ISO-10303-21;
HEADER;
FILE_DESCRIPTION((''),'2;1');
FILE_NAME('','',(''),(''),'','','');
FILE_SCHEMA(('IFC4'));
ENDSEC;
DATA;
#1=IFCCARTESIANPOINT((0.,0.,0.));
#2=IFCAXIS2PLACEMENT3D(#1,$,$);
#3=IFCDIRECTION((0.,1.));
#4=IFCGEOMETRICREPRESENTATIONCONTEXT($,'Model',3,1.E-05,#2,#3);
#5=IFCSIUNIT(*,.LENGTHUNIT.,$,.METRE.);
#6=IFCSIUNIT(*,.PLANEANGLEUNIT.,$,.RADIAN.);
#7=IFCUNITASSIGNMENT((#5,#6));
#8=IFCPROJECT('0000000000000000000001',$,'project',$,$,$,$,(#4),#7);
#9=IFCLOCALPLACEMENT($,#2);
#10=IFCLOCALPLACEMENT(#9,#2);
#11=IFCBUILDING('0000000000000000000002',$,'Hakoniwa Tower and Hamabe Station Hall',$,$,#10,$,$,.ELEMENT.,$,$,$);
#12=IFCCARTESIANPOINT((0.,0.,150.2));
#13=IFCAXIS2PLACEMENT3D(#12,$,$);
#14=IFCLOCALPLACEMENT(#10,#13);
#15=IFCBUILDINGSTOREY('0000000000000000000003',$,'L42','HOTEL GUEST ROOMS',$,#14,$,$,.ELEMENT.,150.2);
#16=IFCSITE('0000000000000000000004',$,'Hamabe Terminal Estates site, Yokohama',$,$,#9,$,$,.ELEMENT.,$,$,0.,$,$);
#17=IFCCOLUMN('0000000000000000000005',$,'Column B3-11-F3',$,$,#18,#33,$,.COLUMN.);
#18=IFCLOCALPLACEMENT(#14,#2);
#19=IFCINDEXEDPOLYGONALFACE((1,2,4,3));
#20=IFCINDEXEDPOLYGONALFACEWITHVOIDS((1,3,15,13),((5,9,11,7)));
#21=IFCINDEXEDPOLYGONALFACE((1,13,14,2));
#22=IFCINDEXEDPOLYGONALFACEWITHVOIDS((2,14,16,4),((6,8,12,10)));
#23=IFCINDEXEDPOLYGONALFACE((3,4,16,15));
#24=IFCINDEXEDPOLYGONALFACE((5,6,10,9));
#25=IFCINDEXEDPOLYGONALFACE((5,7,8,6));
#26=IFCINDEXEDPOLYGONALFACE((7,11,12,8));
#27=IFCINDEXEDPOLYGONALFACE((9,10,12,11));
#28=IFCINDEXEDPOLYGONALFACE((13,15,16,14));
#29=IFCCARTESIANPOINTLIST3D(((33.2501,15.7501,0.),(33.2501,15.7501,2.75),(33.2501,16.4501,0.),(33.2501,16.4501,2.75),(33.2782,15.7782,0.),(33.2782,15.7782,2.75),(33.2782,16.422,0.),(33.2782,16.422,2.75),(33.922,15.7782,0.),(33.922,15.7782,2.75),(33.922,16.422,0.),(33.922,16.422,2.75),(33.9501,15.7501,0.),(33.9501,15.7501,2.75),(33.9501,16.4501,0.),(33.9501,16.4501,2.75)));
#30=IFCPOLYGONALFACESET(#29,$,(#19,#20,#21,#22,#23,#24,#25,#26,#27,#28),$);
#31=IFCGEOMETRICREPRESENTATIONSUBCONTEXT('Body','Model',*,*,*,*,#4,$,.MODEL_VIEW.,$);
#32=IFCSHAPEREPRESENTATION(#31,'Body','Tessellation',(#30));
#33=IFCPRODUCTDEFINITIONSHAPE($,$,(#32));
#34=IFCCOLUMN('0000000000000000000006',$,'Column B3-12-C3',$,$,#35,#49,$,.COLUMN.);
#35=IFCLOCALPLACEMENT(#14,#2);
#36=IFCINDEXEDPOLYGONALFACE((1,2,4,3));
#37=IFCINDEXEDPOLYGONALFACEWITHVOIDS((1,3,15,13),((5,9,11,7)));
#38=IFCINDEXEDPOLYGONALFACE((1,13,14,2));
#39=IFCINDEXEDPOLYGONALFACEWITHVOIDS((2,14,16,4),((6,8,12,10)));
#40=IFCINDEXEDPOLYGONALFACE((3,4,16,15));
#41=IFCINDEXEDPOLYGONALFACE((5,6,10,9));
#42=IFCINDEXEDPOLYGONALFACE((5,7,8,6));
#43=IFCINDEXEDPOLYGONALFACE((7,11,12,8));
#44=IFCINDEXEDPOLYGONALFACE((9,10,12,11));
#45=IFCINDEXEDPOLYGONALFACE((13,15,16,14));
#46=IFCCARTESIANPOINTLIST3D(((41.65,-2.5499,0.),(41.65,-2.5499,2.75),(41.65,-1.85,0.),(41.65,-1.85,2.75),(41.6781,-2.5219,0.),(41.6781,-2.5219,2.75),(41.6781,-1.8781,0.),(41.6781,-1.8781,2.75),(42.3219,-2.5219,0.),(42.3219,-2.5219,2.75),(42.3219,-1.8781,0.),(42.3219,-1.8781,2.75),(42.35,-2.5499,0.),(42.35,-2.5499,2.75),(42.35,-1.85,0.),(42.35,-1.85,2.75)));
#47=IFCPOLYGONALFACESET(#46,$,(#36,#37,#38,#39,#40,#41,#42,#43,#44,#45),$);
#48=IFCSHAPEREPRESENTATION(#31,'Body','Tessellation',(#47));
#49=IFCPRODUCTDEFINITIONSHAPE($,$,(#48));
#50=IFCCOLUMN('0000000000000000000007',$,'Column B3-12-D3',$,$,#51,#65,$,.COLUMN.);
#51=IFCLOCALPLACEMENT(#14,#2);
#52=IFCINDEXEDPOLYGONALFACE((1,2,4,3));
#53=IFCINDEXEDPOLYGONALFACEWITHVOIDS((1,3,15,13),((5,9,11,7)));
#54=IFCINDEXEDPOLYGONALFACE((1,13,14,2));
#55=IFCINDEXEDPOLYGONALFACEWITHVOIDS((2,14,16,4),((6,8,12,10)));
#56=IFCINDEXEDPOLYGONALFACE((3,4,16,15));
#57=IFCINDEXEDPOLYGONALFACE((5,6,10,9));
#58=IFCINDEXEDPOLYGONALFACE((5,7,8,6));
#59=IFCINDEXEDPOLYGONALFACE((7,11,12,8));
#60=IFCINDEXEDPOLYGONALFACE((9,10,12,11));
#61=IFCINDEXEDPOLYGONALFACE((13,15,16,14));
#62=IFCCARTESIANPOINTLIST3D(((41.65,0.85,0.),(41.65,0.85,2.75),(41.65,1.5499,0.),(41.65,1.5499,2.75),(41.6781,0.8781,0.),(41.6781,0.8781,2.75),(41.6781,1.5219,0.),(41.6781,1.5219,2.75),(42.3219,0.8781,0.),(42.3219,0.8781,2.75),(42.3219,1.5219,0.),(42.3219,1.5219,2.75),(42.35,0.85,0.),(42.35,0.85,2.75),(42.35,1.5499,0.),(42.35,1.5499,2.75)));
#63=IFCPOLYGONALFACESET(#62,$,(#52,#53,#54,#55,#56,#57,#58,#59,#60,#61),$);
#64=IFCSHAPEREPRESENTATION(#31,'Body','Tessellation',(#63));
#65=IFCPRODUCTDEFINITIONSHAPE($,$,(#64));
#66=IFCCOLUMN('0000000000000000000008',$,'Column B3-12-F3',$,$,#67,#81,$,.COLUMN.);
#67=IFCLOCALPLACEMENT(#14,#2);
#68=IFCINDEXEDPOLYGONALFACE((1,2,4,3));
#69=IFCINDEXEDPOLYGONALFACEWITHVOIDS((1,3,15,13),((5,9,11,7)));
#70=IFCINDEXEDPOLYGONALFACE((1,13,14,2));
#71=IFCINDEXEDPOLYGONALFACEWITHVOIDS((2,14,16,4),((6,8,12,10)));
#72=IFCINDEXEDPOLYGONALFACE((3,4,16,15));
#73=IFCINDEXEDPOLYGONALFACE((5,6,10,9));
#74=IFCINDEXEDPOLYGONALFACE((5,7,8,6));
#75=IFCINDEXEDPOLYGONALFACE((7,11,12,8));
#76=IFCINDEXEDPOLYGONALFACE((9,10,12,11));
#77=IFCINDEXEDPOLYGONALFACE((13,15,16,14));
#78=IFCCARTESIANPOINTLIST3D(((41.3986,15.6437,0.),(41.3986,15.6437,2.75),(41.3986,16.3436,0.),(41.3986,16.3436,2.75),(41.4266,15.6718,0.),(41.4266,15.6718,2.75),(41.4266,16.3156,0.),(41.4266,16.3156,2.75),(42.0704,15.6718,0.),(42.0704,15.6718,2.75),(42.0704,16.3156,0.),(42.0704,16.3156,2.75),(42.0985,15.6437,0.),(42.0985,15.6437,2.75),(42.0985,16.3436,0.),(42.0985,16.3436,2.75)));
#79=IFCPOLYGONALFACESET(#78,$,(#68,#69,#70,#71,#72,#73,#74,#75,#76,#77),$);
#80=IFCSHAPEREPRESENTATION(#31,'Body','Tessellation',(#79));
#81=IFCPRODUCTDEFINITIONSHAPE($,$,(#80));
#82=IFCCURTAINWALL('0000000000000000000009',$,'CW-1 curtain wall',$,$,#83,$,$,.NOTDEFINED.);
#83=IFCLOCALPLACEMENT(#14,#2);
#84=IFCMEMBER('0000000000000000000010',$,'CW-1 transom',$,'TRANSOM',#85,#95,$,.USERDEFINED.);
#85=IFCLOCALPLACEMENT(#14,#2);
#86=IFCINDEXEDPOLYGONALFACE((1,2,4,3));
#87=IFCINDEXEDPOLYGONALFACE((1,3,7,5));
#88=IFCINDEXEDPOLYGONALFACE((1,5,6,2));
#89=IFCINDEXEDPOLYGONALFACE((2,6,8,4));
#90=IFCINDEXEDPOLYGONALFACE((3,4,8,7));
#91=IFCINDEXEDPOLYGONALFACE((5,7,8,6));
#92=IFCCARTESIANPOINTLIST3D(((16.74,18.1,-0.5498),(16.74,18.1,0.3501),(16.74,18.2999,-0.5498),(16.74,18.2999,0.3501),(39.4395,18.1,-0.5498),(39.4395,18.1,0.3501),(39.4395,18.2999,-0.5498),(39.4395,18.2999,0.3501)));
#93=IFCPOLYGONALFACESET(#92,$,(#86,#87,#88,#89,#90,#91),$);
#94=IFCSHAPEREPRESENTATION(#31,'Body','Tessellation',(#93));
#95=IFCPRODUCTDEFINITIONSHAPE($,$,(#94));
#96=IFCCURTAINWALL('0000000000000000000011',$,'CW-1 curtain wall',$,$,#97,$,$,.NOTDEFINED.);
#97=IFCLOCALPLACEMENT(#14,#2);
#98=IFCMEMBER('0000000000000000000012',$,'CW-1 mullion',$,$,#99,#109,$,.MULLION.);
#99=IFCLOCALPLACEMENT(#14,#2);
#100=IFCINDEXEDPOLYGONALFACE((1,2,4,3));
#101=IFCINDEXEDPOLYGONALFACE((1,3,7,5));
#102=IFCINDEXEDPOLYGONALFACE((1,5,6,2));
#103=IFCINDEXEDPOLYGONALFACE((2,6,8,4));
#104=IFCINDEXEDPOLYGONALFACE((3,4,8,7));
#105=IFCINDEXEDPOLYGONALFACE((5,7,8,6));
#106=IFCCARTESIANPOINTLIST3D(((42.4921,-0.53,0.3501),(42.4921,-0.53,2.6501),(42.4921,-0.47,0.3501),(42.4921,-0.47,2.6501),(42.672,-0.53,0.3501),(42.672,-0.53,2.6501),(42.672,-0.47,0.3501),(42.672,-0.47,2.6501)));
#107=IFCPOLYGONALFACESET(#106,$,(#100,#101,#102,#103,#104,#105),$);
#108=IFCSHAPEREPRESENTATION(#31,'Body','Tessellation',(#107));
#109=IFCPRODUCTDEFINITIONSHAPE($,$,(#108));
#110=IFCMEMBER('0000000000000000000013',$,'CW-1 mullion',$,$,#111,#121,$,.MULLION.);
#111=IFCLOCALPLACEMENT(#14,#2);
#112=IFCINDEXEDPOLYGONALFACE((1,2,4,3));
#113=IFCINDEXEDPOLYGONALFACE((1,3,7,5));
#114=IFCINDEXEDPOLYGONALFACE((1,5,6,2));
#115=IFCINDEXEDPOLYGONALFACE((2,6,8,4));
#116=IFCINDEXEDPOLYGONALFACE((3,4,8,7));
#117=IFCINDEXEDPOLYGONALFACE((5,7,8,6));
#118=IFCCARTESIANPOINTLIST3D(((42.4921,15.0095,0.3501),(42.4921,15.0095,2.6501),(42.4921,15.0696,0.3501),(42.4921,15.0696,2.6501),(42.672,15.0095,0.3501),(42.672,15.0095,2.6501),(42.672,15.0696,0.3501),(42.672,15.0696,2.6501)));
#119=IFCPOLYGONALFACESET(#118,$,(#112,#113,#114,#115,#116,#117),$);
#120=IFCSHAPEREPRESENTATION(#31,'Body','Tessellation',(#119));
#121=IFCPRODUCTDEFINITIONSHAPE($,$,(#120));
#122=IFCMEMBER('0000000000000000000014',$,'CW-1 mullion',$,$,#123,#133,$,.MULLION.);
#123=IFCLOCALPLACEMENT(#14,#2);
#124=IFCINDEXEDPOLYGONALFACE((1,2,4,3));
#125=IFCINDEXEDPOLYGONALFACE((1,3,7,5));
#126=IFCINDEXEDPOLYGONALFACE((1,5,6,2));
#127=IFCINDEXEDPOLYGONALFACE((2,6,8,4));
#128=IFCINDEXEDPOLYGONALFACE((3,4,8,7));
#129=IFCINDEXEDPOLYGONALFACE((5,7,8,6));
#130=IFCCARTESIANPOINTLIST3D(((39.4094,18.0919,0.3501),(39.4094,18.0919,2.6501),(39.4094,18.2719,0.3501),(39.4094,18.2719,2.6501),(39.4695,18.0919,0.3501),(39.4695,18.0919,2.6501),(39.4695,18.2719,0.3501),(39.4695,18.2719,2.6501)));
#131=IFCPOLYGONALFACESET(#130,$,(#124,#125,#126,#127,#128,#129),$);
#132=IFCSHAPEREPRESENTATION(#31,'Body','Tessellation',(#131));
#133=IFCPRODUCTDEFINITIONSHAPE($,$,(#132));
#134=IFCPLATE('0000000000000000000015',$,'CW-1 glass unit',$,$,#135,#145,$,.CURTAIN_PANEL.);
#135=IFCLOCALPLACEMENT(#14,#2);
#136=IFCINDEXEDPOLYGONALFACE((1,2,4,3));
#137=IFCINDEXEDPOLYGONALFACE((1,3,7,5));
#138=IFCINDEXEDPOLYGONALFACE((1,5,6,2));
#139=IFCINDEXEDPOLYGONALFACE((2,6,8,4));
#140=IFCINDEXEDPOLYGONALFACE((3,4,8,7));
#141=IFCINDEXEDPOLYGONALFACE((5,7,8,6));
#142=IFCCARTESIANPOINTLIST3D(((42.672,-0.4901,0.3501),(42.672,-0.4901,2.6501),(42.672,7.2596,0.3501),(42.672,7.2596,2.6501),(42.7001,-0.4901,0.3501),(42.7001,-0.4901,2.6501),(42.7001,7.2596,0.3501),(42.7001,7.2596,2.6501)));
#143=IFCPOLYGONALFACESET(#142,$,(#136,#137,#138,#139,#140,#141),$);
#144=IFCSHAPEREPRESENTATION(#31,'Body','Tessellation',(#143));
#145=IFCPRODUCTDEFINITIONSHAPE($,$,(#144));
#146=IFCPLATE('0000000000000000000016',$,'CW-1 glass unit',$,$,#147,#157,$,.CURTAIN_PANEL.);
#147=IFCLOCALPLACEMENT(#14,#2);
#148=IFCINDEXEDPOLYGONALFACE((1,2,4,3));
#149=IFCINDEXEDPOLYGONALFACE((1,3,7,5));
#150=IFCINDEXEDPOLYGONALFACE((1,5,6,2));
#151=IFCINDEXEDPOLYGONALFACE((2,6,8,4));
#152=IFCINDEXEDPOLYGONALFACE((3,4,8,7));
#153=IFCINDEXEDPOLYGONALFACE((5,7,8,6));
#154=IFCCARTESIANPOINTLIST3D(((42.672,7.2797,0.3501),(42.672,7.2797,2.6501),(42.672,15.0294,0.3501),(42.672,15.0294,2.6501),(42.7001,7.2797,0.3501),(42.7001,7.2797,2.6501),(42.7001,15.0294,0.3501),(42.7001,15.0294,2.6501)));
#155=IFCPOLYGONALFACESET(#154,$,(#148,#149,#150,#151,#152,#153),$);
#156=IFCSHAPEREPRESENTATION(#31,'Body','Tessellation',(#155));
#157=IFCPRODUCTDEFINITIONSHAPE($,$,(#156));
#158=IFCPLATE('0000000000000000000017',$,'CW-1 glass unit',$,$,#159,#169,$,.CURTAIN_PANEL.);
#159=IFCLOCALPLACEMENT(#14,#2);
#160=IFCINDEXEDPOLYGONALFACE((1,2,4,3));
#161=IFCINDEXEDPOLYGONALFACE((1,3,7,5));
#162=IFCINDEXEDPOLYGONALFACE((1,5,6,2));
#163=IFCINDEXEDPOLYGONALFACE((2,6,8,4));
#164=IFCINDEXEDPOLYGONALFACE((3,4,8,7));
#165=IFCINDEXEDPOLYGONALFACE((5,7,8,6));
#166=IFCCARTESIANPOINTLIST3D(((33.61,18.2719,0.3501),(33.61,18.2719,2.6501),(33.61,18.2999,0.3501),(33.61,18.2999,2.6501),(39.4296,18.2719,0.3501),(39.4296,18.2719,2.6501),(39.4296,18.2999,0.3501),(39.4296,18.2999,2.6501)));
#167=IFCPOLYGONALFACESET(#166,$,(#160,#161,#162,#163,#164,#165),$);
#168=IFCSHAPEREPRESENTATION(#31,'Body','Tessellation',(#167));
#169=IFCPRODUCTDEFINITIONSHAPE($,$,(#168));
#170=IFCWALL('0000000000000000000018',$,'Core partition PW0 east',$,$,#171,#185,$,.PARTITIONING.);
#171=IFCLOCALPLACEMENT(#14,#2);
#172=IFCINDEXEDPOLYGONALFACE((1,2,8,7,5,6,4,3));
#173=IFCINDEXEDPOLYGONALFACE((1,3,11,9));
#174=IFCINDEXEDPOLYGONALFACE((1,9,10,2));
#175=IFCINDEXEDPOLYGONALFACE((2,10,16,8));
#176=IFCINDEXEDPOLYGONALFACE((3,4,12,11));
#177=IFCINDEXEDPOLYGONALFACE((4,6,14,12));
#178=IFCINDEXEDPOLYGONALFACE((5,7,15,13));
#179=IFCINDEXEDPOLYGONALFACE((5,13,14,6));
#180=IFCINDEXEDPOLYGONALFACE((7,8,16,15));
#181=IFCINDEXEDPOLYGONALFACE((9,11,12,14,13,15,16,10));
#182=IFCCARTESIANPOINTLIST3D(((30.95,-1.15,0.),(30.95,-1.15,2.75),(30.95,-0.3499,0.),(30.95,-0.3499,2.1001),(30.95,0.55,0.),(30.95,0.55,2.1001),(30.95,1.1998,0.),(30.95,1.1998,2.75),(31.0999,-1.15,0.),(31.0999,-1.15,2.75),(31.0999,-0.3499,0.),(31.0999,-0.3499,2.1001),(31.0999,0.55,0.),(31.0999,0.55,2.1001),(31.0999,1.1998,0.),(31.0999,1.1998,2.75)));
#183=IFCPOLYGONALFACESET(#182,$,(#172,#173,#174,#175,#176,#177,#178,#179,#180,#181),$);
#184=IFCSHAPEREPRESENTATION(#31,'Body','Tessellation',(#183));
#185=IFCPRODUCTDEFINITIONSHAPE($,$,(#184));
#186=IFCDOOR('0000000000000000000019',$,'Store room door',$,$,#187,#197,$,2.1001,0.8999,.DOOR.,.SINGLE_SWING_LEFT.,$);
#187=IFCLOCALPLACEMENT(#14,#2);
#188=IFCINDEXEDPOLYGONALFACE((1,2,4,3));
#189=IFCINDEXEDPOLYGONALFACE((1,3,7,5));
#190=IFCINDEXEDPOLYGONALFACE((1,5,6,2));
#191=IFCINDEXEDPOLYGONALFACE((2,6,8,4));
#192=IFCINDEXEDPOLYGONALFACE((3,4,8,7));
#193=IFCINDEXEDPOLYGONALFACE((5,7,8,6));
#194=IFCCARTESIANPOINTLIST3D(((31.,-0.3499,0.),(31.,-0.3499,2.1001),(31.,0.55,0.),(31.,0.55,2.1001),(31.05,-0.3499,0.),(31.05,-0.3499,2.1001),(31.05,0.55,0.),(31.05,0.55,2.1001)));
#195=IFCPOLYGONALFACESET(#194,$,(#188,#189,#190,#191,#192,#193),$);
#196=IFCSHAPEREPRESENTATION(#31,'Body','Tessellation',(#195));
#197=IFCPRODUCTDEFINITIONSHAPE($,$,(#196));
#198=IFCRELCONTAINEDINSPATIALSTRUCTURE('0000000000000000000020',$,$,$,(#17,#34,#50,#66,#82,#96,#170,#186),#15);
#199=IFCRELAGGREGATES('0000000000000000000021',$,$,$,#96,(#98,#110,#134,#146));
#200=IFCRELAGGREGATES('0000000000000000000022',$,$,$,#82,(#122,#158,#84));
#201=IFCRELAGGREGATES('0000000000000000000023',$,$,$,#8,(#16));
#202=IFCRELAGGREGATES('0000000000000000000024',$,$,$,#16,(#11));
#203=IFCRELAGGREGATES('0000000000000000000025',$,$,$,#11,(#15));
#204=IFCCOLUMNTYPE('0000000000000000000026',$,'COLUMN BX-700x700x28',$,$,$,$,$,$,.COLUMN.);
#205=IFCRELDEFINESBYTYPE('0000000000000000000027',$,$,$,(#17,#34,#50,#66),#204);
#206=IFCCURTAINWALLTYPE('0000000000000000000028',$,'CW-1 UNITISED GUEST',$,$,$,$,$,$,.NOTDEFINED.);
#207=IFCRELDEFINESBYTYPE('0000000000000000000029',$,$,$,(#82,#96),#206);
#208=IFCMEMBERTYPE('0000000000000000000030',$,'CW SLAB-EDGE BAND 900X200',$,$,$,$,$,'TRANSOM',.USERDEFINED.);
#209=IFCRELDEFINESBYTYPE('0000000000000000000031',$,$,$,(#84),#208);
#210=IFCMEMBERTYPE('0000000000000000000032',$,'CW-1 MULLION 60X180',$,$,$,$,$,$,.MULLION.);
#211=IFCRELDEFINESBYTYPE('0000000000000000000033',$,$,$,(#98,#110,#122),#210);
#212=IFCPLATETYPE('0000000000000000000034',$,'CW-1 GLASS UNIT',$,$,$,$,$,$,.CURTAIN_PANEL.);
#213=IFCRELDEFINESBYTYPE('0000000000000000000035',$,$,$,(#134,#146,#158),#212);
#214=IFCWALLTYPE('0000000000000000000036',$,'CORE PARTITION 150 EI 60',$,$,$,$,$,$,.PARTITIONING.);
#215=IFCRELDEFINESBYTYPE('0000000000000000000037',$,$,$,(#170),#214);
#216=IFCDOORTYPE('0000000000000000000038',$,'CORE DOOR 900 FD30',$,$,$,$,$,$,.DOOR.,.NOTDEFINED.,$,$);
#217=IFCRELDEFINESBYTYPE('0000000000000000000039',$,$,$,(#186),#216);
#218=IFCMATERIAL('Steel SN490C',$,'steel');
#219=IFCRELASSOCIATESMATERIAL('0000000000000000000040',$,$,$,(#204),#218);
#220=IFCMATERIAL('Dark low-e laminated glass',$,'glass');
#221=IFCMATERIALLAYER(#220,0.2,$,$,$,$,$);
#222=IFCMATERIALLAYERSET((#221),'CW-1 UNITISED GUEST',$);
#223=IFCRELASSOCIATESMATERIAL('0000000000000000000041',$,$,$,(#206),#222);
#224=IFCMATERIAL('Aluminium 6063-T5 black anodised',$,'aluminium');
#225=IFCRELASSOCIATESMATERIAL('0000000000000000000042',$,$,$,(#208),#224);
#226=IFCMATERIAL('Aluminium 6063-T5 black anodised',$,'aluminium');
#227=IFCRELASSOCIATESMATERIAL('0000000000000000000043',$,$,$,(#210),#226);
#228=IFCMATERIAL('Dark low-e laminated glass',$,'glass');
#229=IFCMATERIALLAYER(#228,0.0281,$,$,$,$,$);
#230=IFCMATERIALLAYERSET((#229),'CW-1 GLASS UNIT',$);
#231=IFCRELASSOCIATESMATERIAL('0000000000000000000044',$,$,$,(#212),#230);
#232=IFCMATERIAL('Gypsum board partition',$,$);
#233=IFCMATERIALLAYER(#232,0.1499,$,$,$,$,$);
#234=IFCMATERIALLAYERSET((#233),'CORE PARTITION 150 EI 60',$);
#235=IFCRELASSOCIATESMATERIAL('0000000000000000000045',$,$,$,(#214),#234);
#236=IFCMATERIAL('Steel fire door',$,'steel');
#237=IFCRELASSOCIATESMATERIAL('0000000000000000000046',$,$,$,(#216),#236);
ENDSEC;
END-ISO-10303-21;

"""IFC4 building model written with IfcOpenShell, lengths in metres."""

from ifc_helpers import new_model, si_unit, direction, frame, frame_2d, origin, origin_2d, place, context, subcontext, project, spatial, rectangle, hollow_rectangle, extrude, material, layer, layer_set, material_profile, profile_set, type_object, element, fill, aggregate, save


model = new_model("IFC4")

# Units and contexts
model_context = context("Model", 3, precision=1e-05, world=origin(), true_north=direction((0.0, 1.0)))
body_context = subcontext(model_context, "Body", "Model", "MODEL_VIEW")
ifc_project = project(units=[si_unit("LENGTHUNIT", "METRE"), si_unit("PLANEANGLEUNIT", "RADIAN")], contexts=[model_context])

# Site, building, storey
site_placement = place(None, origin())
site = spatial("IfcSite", under=ifc_project, at=site_placement, Name="Hamabe Terminal Estates site, Yokohama", CompositionType="ELEMENT", RefElevation=0.0)
building_placement = place(site_placement, origin())
building = spatial("IfcBuilding", under=site, at=building_placement, Name="Hakoniwa Tower and Hamabe Station Hall", CompositionType="ELEMENT")
storey_placement = place(building_placement, frame((0.0, 0.0, 150.2)))
storey = spatial("IfcBuildingStorey", under=building, at=storey_placement, Name="L42", Description="HOTEL GUEST ROOMS", CompositionType="ELEMENT", Elevation=150.2)

# Columns
ifc_material_1 = material(Name="Steel SN490C", Category="steel")
ifc_material_profile_1 = material_profile(ifc_material_1, hollow_rectangle(XDim=0.7, YDim=0.7, WallThickness=0.0281, at=origin_2d()), Name="BX-700x700x28")
ifc_profile_set_1 = profile_set([ifc_material_profile_1], Name="Steel SN490C")
column_type = type_object("IfcColumnType", Name="COLUMN BX-700x700x28", PredefinedType="COLUMN", material=ifc_profile_set_1)
for number, where, z_axis, x_axis, name in (
    (1, (33.6001, 16.1001, 0.0), (0.0, 0.0, 1.0), (1.0, 0.0, 0.0), "Column B3-11-F3"),
    (2, (42.0, -2.2, 0.0), (0.0, 0.0, 1.0), (1.0, 0.0, 0.0), "Column B3-12-C3"),
    (3, (42.0, 1.2, 0.0), (0.0, 0.0, 1.0), (1.0, 0.0, 0.0), "Column B3-12-D3"),
    (4, (41.7485, 15.9937, 0.0), (0.0, 0.0, 1.0), (1.0, 0.0, 0.0), "Column B3-12-F3"),
):
    element("IfcColumn", number, at=place(storey_placement, frame(where, z_axis=z_axis, x_axis=x_axis)), inside=storey, type_object=column_type, Name=name, PredefinedType="COLUMN", context=body_context, shape_type="SweptSolid", body=[
        extrude(hollow_rectangle(XDim=0.7, YDim=0.7, WallThickness=0.0281, at=origin_2d()), origin(), (0.0, 0.0, 1.0), 2.75),
    ])

# Curtain wall, member
ifc_material_2 = material(Name="Dark low-e laminated glass", Category="glass")
ifc_layer_1 = layer(ifc_material_2, 0.2)
ifc_layer_set_1 = layer_set([ifc_layer_1], Name="CW-1 UNITISED GUEST")
curtain_wall_type = type_object("IfcCurtainWallType", Name="CW-1 UNITISED GUEST", PredefinedType="NOTDEFINED", material=ifc_layer_set_1)
curtain_wall_1_placement = place(storey_placement, origin())
curtain_wall_1 = element("IfcCurtainWall", 5, at=curtain_wall_1_placement, inside=storey, type_object=curtain_wall_type, Name="CW-1 curtain wall", PredefinedType="NOTDEFINED")
ifc_material_3 = material(Name="Aluminium 6063-T5 black anodised", Category="aluminium")
ifc_material_profile_2 = material_profile(ifc_material_3, rectangle(XDim=0.2, YDim=0.8999, at=origin_2d()), Name="CW SLAB-EDGE BAND 900X200")
ifc_profile_set_2 = profile_set([ifc_material_profile_2], Name="Aluminium 6063-T5 black anodised")
member_type_1 = type_object("IfcMemberType", Name="CW SLAB-EDGE BAND 900X200", ElementType="TRANSOM", PredefinedType="USERDEFINED", material=ifc_profile_set_2)
member_1_placement = place(storey_placement, frame((39.4395, 18.2, -0.0999), z_axis=(-1.0, 0.0, 0.0), x_axis=(0.0, -1.0, 0.0)))
member_1 = element("IfcMember", 6, at=member_1_placement, type_object=member_type_1, Name="CW-1 transom", ObjectType="TRANSOM", PredefinedType="USERDEFINED", context=body_context, shape_type="SweptSolid", body=[
    extrude(rectangle(XDim=0.2, YDim=0.8999, at=origin_2d()), origin(), (0.0, 0.0, 1.0), 22.6995),
])

# Curtain wall, members
curtain_wall_2_placement = place(storey_placement, origin())
curtain_wall_2 = element("IfcCurtainWall", 7, at=curtain_wall_2_placement, inside=storey, type_object=curtain_wall_type, Name="CW-1 curtain wall", PredefinedType="NOTDEFINED")
ifc_material_4 = material(Name="Aluminium 6063-T5 black anodised", Category="aluminium")
ifc_material_profile_3 = material_profile(ifc_material_4, rectangle(XDim=0.0601, YDim=0.1799, at=origin_2d()), Name="CW-1 MULLION 60X180")
ifc_profile_set_3 = profile_set([ifc_material_profile_3], Name="Aluminium 6063-T5 black anodised")
member_type_2 = type_object("IfcMemberType", Name="CW-1 MULLION 60X180", PredefinedType="MULLION", material=ifc_profile_set_3)
member_2_placement = place(storey_placement, frame((42.582, -0.5, 0.3501), z_axis=(0.0, 0.0, 1.0), x_axis=(0.0, 1.0, 0.0)))
member_2 = element("IfcMember", 8, at=member_2_placement, type_object=member_type_2, Name="CW-1 mullion", PredefinedType="MULLION", context=body_context, shape_type="SweptSolid", body=[
    extrude(rectangle(XDim=0.0601, YDim=0.1799, at=origin_2d()), origin(), (0.0, 0.0, 1.0), 2.3),
])
member_3_placement = place(storey_placement, frame((42.582, 15.0396, 0.3501), z_axis=(0.0, 0.0, 1.0), x_axis=(0.0, 1.0, 0.0)))
member_3 = element("IfcMember", 9, at=member_3_placement, type_object=member_type_2, Name="CW-1 mullion", PredefinedType="MULLION", context=body_context, shape_type="SweptSolid", body=[
    extrude(rectangle(XDim=0.0601, YDim=0.1799, at=origin_2d()), origin(), (0.0, 0.0, 1.0), 2.3),
])

# Member
member_4_placement = place(storey_placement, frame((39.4395, 18.1819, 0.3501), z_axis=(0.0, 0.0, 1.0), x_axis=(-1.0, 0.0, 0.0)))
member_4 = element("IfcMember", 10, at=member_4_placement, type_object=member_type_2, Name="CW-1 mullion", PredefinedType="MULLION", context=body_context, shape_type="SweptSolid", body=[
    extrude(rectangle(XDim=0.0601, YDim=0.1799, at=origin_2d()), origin(), (0.0, 0.0, 1.0), 2.3),
])

# Plates
ifc_material_5 = material(Name="Dark low-e laminated glass", Category="glass")
ifc_layer_2 = layer(ifc_material_5, 0.0281)
ifc_layer_set_2 = layer_set([ifc_layer_2], Name="CW-1 GLASS UNIT")
plate_type = type_object("IfcPlateType", Name="CW-1 GLASS UNIT", PredefinedType="CURTAIN_PANEL", material=ifc_layer_set_2)
plate_1_placement = place(storey_placement, frame((42.686, 3.3848, 0.3501), z_axis=(0.0, 0.0, 1.0), x_axis=(0.0, 1.0, 0.0)))
plate_1 = element("IfcPlate", 11, at=plate_1_placement, type_object=plate_type, Name="CW-1 glass unit", PredefinedType="CURTAIN_PANEL", context=body_context, shape_type="SweptSolid", body=[
    extrude(rectangle(XDim=7.7498, YDim=0.0281, at=origin_2d()), origin(), (0.0, 0.0, 1.0), 2.3),
])
plate_2_placement = place(storey_placement, frame((42.686, 11.1545, 0.3501), z_axis=(0.0, 0.0, 1.0), x_axis=(0.0, 1.0, 0.0)))
plate_2 = element("IfcPlate", 12, at=plate_2_placement, type_object=plate_type, Name="CW-1 glass unit", PredefinedType="CURTAIN_PANEL", context=body_context, shape_type="SweptSolid", body=[
    extrude(rectangle(XDim=7.7498, YDim=0.0281, at=origin_2d()), origin(), (0.0, 0.0, 1.0), 2.3),
])
aggregate(curtain_wall_2, [member_2, member_3, plate_1, plate_2])
plate_3_placement = place(storey_placement, frame((36.5198, 18.2859, 0.3501), z_axis=(0.0, 0.0, 1.0), x_axis=(-1.0, 0.0, 0.0)))
plate_3 = element("IfcPlate", 13, at=plate_3_placement, type_object=plate_type, Name="CW-1 glass unit", PredefinedType="CURTAIN_PANEL", context=body_context, shape_type="SweptSolid", body=[
    extrude(rectangle(XDim=5.8196, YDim=0.0281, at=origin_2d()), origin(), (0.0, 0.0, 1.0), 2.3),
])
aggregate(curtain_wall_1, [member_4, plate_3, member_1])

# Wall, opening, door
ifc_material_6 = material(Name="Gypsum board partition")
ifc_layer_3 = layer(ifc_material_6, 0.1499)
ifc_layer_set_3 = layer_set([ifc_layer_3], Name="CORE PARTITION 150 EI 60")
wall_type_1 = type_object("IfcWallType", Name="CORE PARTITION 150 EI 60", PredefinedType="PARTITIONING", material=ifc_layer_set_3)
wall_1_placement = place(storey_placement, frame((31.0249, -1.1499, 0.0), z_axis=(0.0, 0.0, 1.0), x_axis=(0.0, 1.0, 0.0)))
wall_1 = element("IfcWall", 14, at=wall_1_placement, inside=storey, type_object=wall_type_1, Name="Core partition PW0 east", PredefinedType="PARTITIONING", context=body_context, shape_type="SweptSolid", body=[
    extrude(rectangle(XDim=2.3499, YDim=0.1499, at=frame_2d((1.1748, 0.0))), origin(), (0.0, 0.0, 1.0), 2.75),
])
opening_1_placement = place(wall_1_placement, frame((0.8, 0.0, 0.0)))
opening_1 = element("IfcOpeningElement", 15, at=opening_1_placement, cuts=wall_1, PredefinedType="OPENING", context=body_context, shape_type="SweptSolid", body=[
    extrude(rectangle(XDim=0.8999, YDim=2.1001, at=frame_2d((0.45, 1.05))), frame((0.0, 0.085, 0.0), z_axis=(0.0, -1.0, 0.0), x_axis=(1.0, 0.0, 0.0)), (0.0, 0.0, 1.0), 0.1699),
])
ifc_material_7 = material(Name="Steel fire door", Category="steel")
door_type_1 = type_object("IfcDoorType", Name="CORE DOOR 900 FD30", OperationType="NOTDEFINED", PredefinedType="DOOR", material=ifc_material_7)
door_1_placement = place(opening_1_placement, origin())
door_1 = element("IfcDoor", 16, at=door_1_placement, inside=storey, type_object=door_type_1, Name="Store room door", OperationType="SINGLE_SWING_LEFT", OverallHeight=2.1001, OverallWidth=0.8999, PredefinedType="DOOR", context=body_context, shape_type="SweptSolid", body=[
    extrude(rectangle(XDim=0.8999, YDim=2.1001, at=frame_2d((0.45, 1.05))), frame((0.0, 0.0249, 0.0), z_axis=(0.0, -1.0, 0.0), x_axis=(1.0, 0.0, 0.0)), (0.0, 0.0, 1.0), 0.05),
])
fill(opening_1, door_1)

save(model, "model.ifc")
